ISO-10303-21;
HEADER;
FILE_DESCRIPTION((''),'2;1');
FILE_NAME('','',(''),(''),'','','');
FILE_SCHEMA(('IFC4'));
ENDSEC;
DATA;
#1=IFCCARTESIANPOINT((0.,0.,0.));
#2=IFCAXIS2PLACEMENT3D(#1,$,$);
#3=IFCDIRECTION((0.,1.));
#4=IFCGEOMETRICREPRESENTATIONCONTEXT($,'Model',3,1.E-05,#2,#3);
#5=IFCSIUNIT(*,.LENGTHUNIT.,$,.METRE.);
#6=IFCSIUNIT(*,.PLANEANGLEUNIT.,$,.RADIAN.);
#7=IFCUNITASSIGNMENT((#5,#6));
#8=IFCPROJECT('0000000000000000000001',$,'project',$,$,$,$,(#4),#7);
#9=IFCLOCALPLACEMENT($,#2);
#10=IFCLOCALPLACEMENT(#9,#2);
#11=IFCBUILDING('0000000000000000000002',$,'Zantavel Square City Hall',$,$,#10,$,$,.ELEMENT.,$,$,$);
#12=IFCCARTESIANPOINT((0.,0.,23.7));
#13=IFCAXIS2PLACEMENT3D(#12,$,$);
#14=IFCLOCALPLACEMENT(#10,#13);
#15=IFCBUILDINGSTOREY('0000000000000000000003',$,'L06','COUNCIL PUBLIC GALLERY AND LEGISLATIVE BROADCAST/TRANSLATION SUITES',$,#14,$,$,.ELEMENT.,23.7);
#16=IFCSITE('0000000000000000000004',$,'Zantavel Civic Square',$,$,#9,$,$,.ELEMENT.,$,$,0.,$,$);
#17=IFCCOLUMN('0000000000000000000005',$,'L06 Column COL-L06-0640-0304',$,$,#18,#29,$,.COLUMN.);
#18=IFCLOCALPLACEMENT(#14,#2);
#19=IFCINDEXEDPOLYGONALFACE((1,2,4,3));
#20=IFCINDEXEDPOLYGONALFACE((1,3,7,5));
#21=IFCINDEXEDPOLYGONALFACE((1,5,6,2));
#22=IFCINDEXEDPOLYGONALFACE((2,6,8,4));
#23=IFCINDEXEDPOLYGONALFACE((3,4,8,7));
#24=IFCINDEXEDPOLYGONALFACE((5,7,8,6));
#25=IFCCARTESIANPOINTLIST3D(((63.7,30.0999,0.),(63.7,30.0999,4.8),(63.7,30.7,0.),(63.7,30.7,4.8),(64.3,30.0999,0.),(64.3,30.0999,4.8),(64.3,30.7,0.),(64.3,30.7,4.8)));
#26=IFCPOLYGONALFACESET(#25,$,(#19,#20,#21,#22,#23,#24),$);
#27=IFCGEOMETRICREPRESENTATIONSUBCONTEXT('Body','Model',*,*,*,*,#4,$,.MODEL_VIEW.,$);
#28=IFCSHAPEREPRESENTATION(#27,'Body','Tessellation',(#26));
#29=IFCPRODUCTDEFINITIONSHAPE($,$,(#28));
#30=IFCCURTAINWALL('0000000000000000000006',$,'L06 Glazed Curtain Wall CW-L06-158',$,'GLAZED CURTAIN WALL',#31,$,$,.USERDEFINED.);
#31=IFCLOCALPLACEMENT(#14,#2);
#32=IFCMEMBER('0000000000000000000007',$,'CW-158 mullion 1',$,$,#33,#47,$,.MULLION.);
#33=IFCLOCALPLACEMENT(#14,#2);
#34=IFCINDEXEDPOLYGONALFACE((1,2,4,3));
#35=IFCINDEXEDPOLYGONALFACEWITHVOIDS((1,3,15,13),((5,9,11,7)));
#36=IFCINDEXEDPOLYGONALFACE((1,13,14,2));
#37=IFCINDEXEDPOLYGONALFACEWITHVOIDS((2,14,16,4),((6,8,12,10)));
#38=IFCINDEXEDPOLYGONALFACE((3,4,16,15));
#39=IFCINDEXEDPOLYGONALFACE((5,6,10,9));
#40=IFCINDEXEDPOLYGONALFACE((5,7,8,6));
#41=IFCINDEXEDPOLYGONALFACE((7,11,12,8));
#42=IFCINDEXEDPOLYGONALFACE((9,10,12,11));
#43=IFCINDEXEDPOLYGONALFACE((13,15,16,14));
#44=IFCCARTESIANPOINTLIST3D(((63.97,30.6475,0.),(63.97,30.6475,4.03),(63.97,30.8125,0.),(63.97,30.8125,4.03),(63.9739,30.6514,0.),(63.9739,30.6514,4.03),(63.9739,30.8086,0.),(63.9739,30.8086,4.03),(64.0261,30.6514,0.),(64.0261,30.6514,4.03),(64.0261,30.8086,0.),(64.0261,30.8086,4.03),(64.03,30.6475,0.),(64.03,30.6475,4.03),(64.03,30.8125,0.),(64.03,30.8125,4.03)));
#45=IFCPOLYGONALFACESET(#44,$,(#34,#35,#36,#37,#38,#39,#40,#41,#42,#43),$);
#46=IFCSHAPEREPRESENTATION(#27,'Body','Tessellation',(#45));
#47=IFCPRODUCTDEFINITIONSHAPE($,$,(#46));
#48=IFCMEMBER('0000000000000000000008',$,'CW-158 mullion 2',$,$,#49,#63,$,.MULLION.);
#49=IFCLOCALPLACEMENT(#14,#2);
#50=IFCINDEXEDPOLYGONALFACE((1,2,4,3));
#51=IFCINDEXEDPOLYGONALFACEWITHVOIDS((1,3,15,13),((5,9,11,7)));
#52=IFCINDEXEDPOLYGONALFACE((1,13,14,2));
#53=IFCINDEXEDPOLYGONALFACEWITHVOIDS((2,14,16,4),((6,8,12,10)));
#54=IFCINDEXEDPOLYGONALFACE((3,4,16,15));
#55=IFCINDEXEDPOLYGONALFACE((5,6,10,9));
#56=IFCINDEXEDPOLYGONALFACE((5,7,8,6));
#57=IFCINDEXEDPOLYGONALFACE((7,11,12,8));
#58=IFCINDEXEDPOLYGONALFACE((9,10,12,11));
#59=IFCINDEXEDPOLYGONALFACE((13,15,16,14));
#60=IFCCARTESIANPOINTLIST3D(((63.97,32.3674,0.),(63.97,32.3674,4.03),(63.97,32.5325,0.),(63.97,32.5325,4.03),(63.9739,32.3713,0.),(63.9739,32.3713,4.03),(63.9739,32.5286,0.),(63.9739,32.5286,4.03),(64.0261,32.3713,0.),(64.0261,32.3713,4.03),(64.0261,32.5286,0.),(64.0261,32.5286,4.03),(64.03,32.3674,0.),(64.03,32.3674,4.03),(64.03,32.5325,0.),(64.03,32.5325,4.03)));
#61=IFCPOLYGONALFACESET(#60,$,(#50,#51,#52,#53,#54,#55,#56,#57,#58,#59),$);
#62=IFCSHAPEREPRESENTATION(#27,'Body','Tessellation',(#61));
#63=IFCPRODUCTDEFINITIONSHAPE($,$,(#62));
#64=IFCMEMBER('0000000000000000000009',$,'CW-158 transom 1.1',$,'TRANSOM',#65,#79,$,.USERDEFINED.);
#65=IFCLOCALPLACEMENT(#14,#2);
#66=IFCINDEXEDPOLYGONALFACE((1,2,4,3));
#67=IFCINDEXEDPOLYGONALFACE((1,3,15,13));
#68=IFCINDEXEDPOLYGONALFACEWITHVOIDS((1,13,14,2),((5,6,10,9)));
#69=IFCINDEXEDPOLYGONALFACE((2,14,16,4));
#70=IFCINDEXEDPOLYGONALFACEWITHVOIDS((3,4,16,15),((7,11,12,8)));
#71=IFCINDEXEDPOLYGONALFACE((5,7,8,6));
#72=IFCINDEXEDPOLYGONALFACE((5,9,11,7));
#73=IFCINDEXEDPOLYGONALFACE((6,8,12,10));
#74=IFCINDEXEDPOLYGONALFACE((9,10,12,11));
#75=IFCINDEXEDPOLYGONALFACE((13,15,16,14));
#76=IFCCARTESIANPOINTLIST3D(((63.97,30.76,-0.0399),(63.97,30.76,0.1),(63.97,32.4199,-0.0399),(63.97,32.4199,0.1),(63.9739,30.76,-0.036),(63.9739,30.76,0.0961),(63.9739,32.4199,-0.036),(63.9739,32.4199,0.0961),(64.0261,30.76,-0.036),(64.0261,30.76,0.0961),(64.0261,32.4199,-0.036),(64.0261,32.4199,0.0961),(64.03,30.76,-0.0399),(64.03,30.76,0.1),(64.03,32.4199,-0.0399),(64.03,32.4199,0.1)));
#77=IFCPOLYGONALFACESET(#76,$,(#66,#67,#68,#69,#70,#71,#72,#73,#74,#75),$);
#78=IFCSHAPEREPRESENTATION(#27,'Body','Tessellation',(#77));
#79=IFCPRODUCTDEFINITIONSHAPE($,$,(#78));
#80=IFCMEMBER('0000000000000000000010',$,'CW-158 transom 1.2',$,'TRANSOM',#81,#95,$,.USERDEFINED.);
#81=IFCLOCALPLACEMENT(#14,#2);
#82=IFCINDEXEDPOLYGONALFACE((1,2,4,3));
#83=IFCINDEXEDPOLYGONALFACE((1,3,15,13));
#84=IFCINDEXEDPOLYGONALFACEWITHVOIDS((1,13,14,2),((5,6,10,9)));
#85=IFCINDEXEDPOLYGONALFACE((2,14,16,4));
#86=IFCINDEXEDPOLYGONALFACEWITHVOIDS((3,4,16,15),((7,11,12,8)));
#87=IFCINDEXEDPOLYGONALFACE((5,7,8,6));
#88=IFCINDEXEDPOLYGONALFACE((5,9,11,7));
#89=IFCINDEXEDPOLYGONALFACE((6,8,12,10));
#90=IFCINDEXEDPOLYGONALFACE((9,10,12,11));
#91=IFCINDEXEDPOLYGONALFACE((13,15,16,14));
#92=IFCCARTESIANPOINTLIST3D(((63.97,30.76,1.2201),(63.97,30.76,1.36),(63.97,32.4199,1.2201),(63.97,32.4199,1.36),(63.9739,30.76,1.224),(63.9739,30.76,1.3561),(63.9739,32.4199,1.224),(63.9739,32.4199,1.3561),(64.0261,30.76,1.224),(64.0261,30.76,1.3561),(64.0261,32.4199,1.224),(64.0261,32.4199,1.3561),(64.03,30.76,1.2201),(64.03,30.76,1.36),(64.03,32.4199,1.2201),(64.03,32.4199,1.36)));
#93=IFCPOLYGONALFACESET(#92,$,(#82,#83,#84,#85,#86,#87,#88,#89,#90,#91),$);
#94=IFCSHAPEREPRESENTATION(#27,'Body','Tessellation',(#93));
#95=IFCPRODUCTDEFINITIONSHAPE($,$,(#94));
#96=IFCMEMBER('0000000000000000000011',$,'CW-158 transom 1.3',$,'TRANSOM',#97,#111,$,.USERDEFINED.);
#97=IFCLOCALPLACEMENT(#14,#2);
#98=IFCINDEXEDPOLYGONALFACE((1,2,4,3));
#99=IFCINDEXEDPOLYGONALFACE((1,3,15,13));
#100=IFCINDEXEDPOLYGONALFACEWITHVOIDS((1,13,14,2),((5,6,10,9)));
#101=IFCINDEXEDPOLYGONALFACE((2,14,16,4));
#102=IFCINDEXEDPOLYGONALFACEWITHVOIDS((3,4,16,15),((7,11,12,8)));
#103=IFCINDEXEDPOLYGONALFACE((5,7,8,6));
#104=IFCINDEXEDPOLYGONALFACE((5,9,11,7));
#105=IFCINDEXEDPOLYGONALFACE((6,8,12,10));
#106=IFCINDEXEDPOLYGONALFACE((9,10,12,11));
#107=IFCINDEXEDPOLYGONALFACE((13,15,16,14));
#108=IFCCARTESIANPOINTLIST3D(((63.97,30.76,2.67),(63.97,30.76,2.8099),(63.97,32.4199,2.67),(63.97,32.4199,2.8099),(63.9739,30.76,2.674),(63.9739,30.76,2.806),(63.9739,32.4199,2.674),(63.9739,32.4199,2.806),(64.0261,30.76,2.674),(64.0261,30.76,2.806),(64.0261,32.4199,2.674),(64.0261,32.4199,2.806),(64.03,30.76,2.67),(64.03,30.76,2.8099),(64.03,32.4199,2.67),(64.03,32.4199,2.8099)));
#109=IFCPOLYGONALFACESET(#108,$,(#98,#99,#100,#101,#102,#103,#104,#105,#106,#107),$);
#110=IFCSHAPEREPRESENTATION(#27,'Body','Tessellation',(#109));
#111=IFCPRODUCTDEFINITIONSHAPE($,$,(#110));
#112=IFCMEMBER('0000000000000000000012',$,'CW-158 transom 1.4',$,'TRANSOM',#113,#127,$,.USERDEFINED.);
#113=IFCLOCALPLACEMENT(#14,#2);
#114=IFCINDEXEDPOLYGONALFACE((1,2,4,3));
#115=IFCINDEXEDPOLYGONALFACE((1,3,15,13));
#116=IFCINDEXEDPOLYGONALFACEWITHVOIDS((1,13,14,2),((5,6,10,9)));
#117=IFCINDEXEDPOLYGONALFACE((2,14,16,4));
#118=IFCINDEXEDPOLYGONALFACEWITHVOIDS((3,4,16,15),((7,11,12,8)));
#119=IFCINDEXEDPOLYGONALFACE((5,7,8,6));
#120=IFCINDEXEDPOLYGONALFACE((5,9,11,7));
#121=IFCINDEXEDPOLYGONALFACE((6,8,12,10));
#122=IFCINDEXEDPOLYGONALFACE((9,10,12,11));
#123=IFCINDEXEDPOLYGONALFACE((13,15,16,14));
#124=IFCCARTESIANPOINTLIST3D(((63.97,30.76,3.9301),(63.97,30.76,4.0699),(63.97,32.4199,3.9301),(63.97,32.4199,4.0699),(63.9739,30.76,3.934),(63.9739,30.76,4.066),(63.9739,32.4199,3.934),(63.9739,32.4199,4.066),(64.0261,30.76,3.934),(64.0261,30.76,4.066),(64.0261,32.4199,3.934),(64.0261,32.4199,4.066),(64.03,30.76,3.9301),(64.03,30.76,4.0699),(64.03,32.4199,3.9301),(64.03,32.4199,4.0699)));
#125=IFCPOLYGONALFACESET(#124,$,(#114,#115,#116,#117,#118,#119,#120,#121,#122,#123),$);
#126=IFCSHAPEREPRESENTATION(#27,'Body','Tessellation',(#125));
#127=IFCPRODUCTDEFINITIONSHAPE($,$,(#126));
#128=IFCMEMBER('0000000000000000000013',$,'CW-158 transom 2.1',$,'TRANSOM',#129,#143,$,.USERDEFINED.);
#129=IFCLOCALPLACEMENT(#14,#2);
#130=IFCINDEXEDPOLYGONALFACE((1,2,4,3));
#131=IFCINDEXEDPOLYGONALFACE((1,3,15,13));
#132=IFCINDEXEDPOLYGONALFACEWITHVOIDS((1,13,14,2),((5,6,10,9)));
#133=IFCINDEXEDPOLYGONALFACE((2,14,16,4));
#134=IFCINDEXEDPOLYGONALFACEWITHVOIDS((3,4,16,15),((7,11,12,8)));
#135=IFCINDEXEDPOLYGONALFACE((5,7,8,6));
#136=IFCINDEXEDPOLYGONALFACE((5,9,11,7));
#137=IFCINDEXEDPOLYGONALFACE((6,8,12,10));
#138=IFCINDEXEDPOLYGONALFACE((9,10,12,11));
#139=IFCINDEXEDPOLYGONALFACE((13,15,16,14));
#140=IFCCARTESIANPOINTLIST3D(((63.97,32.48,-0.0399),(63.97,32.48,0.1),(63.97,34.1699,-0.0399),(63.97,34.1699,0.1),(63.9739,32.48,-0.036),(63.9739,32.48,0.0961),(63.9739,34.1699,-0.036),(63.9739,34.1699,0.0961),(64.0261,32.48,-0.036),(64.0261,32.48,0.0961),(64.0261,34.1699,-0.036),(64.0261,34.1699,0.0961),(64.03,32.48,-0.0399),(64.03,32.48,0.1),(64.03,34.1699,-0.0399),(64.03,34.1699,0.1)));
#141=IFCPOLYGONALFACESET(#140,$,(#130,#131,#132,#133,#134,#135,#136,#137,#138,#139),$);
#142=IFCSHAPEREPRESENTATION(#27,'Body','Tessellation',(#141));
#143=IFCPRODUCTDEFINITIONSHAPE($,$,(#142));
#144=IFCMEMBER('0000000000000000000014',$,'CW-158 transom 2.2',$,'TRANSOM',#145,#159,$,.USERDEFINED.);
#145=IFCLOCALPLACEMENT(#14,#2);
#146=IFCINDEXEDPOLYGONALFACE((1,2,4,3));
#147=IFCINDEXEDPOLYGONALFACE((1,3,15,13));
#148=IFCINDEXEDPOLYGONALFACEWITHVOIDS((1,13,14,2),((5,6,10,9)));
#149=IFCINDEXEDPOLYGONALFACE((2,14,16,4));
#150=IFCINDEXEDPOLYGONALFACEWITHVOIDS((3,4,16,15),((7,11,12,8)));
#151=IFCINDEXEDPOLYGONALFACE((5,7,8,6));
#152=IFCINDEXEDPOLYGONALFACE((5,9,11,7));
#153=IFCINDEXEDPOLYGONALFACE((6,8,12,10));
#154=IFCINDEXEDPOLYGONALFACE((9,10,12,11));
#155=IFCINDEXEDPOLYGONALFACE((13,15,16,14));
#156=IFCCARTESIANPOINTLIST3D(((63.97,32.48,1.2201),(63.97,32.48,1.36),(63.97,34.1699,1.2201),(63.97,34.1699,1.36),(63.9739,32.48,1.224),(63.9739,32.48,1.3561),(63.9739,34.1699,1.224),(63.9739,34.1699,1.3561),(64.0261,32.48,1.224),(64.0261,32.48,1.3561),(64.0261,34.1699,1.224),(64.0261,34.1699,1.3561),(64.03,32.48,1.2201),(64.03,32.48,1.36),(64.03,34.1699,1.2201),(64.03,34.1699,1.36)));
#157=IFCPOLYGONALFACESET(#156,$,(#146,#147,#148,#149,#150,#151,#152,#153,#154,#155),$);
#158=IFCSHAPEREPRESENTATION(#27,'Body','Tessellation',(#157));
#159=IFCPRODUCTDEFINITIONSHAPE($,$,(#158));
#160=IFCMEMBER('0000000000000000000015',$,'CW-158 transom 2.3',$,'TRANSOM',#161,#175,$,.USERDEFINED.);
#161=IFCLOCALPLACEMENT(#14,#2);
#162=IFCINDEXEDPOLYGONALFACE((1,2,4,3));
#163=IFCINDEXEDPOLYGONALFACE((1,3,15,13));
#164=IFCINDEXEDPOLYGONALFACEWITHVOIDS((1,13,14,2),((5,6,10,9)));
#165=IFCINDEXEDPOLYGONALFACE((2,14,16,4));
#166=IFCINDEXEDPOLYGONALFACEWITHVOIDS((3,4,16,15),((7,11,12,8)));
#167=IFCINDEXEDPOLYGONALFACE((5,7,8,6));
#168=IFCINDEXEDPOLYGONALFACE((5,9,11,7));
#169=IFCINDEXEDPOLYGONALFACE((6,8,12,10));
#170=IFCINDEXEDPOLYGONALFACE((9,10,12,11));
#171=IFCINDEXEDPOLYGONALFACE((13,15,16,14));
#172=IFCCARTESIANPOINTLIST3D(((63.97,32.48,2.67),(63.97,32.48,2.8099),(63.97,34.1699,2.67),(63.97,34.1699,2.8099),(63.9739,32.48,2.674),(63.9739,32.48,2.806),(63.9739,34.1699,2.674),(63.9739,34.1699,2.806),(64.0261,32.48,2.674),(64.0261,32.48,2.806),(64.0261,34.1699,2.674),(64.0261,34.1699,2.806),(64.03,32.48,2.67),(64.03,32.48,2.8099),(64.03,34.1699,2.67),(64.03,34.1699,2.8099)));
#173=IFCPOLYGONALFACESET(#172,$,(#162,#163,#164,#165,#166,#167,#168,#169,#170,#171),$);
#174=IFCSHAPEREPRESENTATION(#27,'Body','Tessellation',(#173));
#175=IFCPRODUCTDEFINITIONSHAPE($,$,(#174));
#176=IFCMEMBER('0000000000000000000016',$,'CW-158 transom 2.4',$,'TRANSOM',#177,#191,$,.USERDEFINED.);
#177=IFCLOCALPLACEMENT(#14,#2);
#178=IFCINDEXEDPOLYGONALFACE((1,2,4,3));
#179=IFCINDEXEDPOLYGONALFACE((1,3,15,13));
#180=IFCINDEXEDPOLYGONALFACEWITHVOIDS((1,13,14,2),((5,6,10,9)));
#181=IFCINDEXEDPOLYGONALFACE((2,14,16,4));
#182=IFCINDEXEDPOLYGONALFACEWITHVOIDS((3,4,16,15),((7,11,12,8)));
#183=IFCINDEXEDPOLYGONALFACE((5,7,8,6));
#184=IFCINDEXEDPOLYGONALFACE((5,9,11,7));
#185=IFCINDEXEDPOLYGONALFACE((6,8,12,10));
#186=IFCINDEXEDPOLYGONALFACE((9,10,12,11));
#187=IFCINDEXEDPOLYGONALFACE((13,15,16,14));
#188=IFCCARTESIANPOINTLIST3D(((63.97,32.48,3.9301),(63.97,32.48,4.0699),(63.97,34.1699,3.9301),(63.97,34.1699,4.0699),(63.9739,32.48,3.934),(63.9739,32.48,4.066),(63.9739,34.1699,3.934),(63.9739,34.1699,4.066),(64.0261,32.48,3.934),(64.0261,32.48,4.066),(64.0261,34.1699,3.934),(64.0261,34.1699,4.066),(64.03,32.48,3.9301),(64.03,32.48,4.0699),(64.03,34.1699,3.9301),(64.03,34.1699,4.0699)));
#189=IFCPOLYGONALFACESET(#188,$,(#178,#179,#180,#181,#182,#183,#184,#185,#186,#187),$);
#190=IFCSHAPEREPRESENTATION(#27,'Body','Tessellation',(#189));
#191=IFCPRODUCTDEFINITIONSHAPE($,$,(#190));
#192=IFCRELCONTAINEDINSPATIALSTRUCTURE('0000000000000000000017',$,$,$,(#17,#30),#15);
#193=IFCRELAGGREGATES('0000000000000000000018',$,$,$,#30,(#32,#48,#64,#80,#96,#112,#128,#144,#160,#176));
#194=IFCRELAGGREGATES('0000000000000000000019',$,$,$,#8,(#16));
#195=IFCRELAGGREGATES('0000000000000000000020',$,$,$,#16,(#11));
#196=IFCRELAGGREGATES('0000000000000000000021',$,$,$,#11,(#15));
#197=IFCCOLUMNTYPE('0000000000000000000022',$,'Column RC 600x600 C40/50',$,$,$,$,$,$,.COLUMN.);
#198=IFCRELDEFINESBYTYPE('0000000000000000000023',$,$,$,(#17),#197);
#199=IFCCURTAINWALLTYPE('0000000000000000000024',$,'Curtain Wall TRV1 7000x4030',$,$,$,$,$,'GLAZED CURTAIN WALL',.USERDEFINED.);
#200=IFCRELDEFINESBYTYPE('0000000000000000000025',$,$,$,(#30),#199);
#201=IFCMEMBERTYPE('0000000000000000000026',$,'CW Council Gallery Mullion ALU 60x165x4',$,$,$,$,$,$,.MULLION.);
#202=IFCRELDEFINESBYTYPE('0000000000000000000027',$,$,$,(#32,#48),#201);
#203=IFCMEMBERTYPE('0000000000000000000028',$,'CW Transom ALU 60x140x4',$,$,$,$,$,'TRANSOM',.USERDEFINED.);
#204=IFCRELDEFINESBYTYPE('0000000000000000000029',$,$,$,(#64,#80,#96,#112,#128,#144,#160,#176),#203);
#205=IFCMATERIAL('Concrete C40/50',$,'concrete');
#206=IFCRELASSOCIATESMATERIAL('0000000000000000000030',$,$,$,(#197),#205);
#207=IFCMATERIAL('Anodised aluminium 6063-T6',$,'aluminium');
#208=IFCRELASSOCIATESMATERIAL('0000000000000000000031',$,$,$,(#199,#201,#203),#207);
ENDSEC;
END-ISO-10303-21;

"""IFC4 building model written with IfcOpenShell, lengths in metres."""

from ifc_helpers import new_model, si_unit, direction, frame, origin, origin_2d, place, context, subcontext, project, spatial, rectangle, hollow_rectangle, extrude, material, material_profile, profile_set, type_object, element, aggregate, save


model = new_model("IFC4")

# Units and contexts
model_context = context("Model", 3, precision=1e-05, world=origin(), true_north=direction((0.0, 1.0)))
body_context = subcontext(model_context, "Body", "Model", "MODEL_VIEW")
ifc_project = project(units=[si_unit("LENGTHUNIT", "METRE"), si_unit("PLANEANGLEUNIT", "RADIAN")], contexts=[model_context])

# Site, building, storey
site_placement = place(None, origin())
site = spatial("IfcSite", under=ifc_project, at=site_placement, Name="Zantavel Civic Square", CompositionType="ELEMENT", RefElevation=0.0)
building_placement = place(site_placement, origin())
building = spatial("IfcBuilding", under=site, at=building_placement, Name="Zantavel Square City Hall", CompositionType="ELEMENT")
storey_placement = place(building_placement, frame((0.0, 0.0, 23.7)))
storey = spatial("IfcBuildingStorey", under=building, at=storey_placement, Name="L06", Description="COUNCIL PUBLIC GALLERY AND LEGISLATIVE BROADCAST/TRANSLATION SUITES", CompositionType="ELEMENT", Elevation=23.7)

# Column
ifc_material_1 = material(Name="Concrete C40/50", Category="concrete")
ifc_material_profile_1 = material_profile(ifc_material_1, rectangle(XDim=0.6001, YDim=0.6001, at=origin_2d()), Name="RC 600x600")
ifc_profile_set_1 = profile_set([ifc_material_profile_1], Name="Concrete C40/50")
column_type = type_object("IfcColumnType", Name="Column RC 600x600 C40/50", PredefinedType="COLUMN", material=ifc_profile_set_1)
column_placement = place(storey_placement, frame((64.0, 30.3999, 0.0), z_axis=(0.0, 0.0, 1.0), x_axis=(1.0, 0.0, 0.0)))
element("IfcColumn", 1, at=column_placement, inside=storey, type_object=column_type, Name="L06 Column COL-L06-0640-0304", PredefinedType="COLUMN", context=body_context, shape_type="SweptSolid", body=[
    extrude(rectangle(XDim=0.6001, YDim=0.6001, at=origin_2d()), origin(), (0.0, 0.0, 1.0), 4.8),
])

# Curtain wall, members
ifc_material_2 = material(Name="Anodised aluminium 6063-T6", Category="aluminium")
curtain_wall_type = type_object("IfcCurtainWallType", Name="Curtain Wall TRV1 7000x4030", ElementType="GLAZED CURTAIN WALL", PredefinedType="USERDEFINED", material=ifc_material_2)
curtain_wall_placement = place(storey_placement, origin())
curtain_wall = element("IfcCurtainWall", 2, at=curtain_wall_placement, inside=storey, type_object=curtain_wall_type, Name="L06 Glazed Curtain Wall CW-L06-158", ObjectType="GLAZED CURTAIN WALL", PredefinedType="USERDEFINED")
ifc_material_profile_2 = material_profile(ifc_material_2, hollow_rectangle(XDim=0.0601, YDim=0.165, WallThickness=0.0039, at=origin_2d()), Name="ALU 60x165x4")
ifc_profile_set_2 = profile_set([ifc_material_profile_2], Name="Anodised aluminium 6063-T6")
member_type_1 = type_object("IfcMemberType", Name="CW Council Gallery Mullion ALU 60x165x4", PredefinedType="MULLION", material=ifc_profile_set_2)
member_1_placement = place(storey_placement, frame((64.0, 30.73, 0.0), z_axis=(0.0, 0.0, 1.0), x_axis=(-1.0, 0.0, 0.0)))
member_1 = element("IfcMember", 3, at=member_1_placement, type_object=member_type_1, Name="CW-158 mullion 1", PredefinedType="MULLION", context=body_context, shape_type="SweptSolid", body=[
    extrude(hollow_rectangle(XDim=0.0601, YDim=0.165, WallThickness=0.0039, at=origin_2d()), origin(), (0.0, 0.0, 1.0), 4.03),
])
member_2_placement = place(storey_placement, frame((64.0, 32.45, 0.0), z_axis=(0.0, 0.0, 1.0), x_axis=(-1.0, 0.0, 0.0)))
member_2 = element("IfcMember", 4, at=member_2_placement, type_object=member_type_1, Name="CW-158 mullion 2", PredefinedType="MULLION", context=body_context, shape_type="SweptSolid", body=[
    extrude(hollow_rectangle(XDim=0.0601, YDim=0.165, WallThickness=0.0039, at=origin_2d()), origin(), (0.0, 0.0, 1.0), 4.03),
])
ifc_material_profile_3 = material_profile(ifc_material_2, hollow_rectangle(XDim=0.0601, YDim=0.1399, WallThickness=0.0039, at=origin_2d()), Name="ALU 60x140x4")
ifc_profile_set_3 = profile_set([ifc_material_profile_3], Name="Anodised aluminium 6063-T6")
member_type_2 = type_object("IfcMemberType", Name="CW Transom ALU 60x140x4", ElementType="TRANSOM", PredefinedType="USERDEFINED", material=ifc_profile_set_3)
member_3_placement = place(storey_placement, frame((64.0, 30.76, 0.03), z_axis=(0.0, 1.0, 0.0), x_axis=(-1.0, 0.0, 0.0)))
member_3 = element("IfcMember", 5, at=member_3_placement, type_object=member_type_2, Name="CW-158 transom 1.1", ObjectType="TRANSOM", PredefinedType="USERDEFINED", context=body_context, shape_type="SweptSolid", body=[
    extrude(hollow_rectangle(XDim=0.0601, YDim=0.1399, WallThickness=0.0039, at=origin_2d()), origin(), (0.0, 0.0, 1.0), 1.6599),
])
member_4_placement = place(storey_placement, frame((64.0, 30.76, 1.29), z_axis=(0.0, 1.0, 0.0), x_axis=(-1.0, 0.0, 0.0)))
member_4 = element("IfcMember", 6, at=member_4_placement, type_object=member_type_2, Name="CW-158 transom 1.2", ObjectType="TRANSOM", PredefinedType="USERDEFINED", context=body_context, shape_type="SweptSolid", body=[
    extrude(hollow_rectangle(XDim=0.0601, YDim=0.1399, WallThickness=0.0039, at=origin_2d()), origin(), (0.0, 0.0, 1.0), 1.6599),
])
member_5_placement = place(storey_placement, frame((64.0, 30.76, 2.74), z_axis=(0.0, 1.0, 0.0), x_axis=(-1.0, 0.0, 0.0)))
member_5 = element("IfcMember", 7, at=member_5_placement, type_object=member_type_2, Name="CW-158 transom 1.3", ObjectType="TRANSOM", PredefinedType="USERDEFINED", context=body_context, shape_type="SweptSolid", body=[
    extrude(hollow_rectangle(XDim=0.0601, YDim=0.1399, WallThickness=0.0039, at=origin_2d()), origin(), (0.0, 0.0, 1.0), 1.6599),
])
member_6_placement = place(storey_placement, frame((64.0, 30.76, 4.0), z_axis=(0.0, 1.0, 0.0), x_axis=(-1.0, 0.0, 0.0)))
member_6 = element("IfcMember", 8, at=member_6_placement, type_object=member_type_2, Name="CW-158 transom 1.4", ObjectType="TRANSOM", PredefinedType="USERDEFINED", context=body_context, shape_type="SweptSolid", body=[
    extrude(hollow_rectangle(XDim=0.0601, YDim=0.1399, WallThickness=0.0039, at=origin_2d()), origin(), (0.0, 0.0, 1.0), 1.6599),
])
member_7_placement = place(storey_placement, frame((64.0, 32.48, 0.03), z_axis=(0.0, 1.0, 0.0), x_axis=(-1.0, 0.0, 0.0)))
member_7 = element("IfcMember", 9, at=member_7_placement, type_object=member_type_2, Name="CW-158 transom 2.1", ObjectType="TRANSOM", PredefinedType="USERDEFINED", context=body_context, shape_type="SweptSolid", body=[
    extrude(hollow_rectangle(XDim=0.0601, YDim=0.1399, WallThickness=0.0039, at=origin_2d()), origin(), (0.0, 0.0, 1.0), 1.6899),
])
member_8_placement = place(storey_placement, frame((64.0, 32.48, 1.29), z_axis=(0.0, 1.0, 0.0), x_axis=(-1.0, 0.0, 0.0)))
member_8 = element("IfcMember", 10, at=member_8_placement, type_object=member_type_2, Name="CW-158 transom 2.2", ObjectType="TRANSOM", PredefinedType="USERDEFINED", context=body_context, shape_type="SweptSolid", body=[
    extrude(hollow_rectangle(XDim=0.0601, YDim=0.1399, WallThickness=0.0039, at=origin_2d()), origin(), (0.0, 0.0, 1.0), 1.6899),
])
member_9_placement = place(storey_placement, frame((64.0, 32.48, 2.74), z_axis=(0.0, 1.0, 0.0), x_axis=(-1.0, 0.0, 0.0)))
member_9 = element("IfcMember", 11, at=member_9_placement, type_object=member_type_2, Name="CW-158 transom 2.3", ObjectType="TRANSOM", PredefinedType="USERDEFINED", context=body_context, shape_type="SweptSolid", body=[
    extrude(hollow_rectangle(XDim=0.0601, YDim=0.1399, WallThickness=0.0039, at=origin_2d()), origin(), (0.0, 0.0, 1.0), 1.6899),
])
member_10_placement = place(storey_placement, frame((64.0, 32.48, 4.0), z_axis=(0.0, 1.0, 0.0), x_axis=(-1.0, 0.0, 0.0)))
member_10 = element("IfcMember", 12, at=member_10_placement, type_object=member_type_2, Name="CW-158 transom 2.4", ObjectType="TRANSOM", PredefinedType="USERDEFINED", context=body_context, shape_type="SweptSolid", body=[
    extrude(hollow_rectangle(XDim=0.0601, YDim=0.1399, WallThickness=0.0039, at=origin_2d()), origin(), (0.0, 0.0, 1.0), 1.6899),
])

aggregate(curtain_wall, [member_1, member_2, member_3, member_4, member_5, member_6, member_7, member_8, member_9, member_10])

save(model, "model.ifc")
